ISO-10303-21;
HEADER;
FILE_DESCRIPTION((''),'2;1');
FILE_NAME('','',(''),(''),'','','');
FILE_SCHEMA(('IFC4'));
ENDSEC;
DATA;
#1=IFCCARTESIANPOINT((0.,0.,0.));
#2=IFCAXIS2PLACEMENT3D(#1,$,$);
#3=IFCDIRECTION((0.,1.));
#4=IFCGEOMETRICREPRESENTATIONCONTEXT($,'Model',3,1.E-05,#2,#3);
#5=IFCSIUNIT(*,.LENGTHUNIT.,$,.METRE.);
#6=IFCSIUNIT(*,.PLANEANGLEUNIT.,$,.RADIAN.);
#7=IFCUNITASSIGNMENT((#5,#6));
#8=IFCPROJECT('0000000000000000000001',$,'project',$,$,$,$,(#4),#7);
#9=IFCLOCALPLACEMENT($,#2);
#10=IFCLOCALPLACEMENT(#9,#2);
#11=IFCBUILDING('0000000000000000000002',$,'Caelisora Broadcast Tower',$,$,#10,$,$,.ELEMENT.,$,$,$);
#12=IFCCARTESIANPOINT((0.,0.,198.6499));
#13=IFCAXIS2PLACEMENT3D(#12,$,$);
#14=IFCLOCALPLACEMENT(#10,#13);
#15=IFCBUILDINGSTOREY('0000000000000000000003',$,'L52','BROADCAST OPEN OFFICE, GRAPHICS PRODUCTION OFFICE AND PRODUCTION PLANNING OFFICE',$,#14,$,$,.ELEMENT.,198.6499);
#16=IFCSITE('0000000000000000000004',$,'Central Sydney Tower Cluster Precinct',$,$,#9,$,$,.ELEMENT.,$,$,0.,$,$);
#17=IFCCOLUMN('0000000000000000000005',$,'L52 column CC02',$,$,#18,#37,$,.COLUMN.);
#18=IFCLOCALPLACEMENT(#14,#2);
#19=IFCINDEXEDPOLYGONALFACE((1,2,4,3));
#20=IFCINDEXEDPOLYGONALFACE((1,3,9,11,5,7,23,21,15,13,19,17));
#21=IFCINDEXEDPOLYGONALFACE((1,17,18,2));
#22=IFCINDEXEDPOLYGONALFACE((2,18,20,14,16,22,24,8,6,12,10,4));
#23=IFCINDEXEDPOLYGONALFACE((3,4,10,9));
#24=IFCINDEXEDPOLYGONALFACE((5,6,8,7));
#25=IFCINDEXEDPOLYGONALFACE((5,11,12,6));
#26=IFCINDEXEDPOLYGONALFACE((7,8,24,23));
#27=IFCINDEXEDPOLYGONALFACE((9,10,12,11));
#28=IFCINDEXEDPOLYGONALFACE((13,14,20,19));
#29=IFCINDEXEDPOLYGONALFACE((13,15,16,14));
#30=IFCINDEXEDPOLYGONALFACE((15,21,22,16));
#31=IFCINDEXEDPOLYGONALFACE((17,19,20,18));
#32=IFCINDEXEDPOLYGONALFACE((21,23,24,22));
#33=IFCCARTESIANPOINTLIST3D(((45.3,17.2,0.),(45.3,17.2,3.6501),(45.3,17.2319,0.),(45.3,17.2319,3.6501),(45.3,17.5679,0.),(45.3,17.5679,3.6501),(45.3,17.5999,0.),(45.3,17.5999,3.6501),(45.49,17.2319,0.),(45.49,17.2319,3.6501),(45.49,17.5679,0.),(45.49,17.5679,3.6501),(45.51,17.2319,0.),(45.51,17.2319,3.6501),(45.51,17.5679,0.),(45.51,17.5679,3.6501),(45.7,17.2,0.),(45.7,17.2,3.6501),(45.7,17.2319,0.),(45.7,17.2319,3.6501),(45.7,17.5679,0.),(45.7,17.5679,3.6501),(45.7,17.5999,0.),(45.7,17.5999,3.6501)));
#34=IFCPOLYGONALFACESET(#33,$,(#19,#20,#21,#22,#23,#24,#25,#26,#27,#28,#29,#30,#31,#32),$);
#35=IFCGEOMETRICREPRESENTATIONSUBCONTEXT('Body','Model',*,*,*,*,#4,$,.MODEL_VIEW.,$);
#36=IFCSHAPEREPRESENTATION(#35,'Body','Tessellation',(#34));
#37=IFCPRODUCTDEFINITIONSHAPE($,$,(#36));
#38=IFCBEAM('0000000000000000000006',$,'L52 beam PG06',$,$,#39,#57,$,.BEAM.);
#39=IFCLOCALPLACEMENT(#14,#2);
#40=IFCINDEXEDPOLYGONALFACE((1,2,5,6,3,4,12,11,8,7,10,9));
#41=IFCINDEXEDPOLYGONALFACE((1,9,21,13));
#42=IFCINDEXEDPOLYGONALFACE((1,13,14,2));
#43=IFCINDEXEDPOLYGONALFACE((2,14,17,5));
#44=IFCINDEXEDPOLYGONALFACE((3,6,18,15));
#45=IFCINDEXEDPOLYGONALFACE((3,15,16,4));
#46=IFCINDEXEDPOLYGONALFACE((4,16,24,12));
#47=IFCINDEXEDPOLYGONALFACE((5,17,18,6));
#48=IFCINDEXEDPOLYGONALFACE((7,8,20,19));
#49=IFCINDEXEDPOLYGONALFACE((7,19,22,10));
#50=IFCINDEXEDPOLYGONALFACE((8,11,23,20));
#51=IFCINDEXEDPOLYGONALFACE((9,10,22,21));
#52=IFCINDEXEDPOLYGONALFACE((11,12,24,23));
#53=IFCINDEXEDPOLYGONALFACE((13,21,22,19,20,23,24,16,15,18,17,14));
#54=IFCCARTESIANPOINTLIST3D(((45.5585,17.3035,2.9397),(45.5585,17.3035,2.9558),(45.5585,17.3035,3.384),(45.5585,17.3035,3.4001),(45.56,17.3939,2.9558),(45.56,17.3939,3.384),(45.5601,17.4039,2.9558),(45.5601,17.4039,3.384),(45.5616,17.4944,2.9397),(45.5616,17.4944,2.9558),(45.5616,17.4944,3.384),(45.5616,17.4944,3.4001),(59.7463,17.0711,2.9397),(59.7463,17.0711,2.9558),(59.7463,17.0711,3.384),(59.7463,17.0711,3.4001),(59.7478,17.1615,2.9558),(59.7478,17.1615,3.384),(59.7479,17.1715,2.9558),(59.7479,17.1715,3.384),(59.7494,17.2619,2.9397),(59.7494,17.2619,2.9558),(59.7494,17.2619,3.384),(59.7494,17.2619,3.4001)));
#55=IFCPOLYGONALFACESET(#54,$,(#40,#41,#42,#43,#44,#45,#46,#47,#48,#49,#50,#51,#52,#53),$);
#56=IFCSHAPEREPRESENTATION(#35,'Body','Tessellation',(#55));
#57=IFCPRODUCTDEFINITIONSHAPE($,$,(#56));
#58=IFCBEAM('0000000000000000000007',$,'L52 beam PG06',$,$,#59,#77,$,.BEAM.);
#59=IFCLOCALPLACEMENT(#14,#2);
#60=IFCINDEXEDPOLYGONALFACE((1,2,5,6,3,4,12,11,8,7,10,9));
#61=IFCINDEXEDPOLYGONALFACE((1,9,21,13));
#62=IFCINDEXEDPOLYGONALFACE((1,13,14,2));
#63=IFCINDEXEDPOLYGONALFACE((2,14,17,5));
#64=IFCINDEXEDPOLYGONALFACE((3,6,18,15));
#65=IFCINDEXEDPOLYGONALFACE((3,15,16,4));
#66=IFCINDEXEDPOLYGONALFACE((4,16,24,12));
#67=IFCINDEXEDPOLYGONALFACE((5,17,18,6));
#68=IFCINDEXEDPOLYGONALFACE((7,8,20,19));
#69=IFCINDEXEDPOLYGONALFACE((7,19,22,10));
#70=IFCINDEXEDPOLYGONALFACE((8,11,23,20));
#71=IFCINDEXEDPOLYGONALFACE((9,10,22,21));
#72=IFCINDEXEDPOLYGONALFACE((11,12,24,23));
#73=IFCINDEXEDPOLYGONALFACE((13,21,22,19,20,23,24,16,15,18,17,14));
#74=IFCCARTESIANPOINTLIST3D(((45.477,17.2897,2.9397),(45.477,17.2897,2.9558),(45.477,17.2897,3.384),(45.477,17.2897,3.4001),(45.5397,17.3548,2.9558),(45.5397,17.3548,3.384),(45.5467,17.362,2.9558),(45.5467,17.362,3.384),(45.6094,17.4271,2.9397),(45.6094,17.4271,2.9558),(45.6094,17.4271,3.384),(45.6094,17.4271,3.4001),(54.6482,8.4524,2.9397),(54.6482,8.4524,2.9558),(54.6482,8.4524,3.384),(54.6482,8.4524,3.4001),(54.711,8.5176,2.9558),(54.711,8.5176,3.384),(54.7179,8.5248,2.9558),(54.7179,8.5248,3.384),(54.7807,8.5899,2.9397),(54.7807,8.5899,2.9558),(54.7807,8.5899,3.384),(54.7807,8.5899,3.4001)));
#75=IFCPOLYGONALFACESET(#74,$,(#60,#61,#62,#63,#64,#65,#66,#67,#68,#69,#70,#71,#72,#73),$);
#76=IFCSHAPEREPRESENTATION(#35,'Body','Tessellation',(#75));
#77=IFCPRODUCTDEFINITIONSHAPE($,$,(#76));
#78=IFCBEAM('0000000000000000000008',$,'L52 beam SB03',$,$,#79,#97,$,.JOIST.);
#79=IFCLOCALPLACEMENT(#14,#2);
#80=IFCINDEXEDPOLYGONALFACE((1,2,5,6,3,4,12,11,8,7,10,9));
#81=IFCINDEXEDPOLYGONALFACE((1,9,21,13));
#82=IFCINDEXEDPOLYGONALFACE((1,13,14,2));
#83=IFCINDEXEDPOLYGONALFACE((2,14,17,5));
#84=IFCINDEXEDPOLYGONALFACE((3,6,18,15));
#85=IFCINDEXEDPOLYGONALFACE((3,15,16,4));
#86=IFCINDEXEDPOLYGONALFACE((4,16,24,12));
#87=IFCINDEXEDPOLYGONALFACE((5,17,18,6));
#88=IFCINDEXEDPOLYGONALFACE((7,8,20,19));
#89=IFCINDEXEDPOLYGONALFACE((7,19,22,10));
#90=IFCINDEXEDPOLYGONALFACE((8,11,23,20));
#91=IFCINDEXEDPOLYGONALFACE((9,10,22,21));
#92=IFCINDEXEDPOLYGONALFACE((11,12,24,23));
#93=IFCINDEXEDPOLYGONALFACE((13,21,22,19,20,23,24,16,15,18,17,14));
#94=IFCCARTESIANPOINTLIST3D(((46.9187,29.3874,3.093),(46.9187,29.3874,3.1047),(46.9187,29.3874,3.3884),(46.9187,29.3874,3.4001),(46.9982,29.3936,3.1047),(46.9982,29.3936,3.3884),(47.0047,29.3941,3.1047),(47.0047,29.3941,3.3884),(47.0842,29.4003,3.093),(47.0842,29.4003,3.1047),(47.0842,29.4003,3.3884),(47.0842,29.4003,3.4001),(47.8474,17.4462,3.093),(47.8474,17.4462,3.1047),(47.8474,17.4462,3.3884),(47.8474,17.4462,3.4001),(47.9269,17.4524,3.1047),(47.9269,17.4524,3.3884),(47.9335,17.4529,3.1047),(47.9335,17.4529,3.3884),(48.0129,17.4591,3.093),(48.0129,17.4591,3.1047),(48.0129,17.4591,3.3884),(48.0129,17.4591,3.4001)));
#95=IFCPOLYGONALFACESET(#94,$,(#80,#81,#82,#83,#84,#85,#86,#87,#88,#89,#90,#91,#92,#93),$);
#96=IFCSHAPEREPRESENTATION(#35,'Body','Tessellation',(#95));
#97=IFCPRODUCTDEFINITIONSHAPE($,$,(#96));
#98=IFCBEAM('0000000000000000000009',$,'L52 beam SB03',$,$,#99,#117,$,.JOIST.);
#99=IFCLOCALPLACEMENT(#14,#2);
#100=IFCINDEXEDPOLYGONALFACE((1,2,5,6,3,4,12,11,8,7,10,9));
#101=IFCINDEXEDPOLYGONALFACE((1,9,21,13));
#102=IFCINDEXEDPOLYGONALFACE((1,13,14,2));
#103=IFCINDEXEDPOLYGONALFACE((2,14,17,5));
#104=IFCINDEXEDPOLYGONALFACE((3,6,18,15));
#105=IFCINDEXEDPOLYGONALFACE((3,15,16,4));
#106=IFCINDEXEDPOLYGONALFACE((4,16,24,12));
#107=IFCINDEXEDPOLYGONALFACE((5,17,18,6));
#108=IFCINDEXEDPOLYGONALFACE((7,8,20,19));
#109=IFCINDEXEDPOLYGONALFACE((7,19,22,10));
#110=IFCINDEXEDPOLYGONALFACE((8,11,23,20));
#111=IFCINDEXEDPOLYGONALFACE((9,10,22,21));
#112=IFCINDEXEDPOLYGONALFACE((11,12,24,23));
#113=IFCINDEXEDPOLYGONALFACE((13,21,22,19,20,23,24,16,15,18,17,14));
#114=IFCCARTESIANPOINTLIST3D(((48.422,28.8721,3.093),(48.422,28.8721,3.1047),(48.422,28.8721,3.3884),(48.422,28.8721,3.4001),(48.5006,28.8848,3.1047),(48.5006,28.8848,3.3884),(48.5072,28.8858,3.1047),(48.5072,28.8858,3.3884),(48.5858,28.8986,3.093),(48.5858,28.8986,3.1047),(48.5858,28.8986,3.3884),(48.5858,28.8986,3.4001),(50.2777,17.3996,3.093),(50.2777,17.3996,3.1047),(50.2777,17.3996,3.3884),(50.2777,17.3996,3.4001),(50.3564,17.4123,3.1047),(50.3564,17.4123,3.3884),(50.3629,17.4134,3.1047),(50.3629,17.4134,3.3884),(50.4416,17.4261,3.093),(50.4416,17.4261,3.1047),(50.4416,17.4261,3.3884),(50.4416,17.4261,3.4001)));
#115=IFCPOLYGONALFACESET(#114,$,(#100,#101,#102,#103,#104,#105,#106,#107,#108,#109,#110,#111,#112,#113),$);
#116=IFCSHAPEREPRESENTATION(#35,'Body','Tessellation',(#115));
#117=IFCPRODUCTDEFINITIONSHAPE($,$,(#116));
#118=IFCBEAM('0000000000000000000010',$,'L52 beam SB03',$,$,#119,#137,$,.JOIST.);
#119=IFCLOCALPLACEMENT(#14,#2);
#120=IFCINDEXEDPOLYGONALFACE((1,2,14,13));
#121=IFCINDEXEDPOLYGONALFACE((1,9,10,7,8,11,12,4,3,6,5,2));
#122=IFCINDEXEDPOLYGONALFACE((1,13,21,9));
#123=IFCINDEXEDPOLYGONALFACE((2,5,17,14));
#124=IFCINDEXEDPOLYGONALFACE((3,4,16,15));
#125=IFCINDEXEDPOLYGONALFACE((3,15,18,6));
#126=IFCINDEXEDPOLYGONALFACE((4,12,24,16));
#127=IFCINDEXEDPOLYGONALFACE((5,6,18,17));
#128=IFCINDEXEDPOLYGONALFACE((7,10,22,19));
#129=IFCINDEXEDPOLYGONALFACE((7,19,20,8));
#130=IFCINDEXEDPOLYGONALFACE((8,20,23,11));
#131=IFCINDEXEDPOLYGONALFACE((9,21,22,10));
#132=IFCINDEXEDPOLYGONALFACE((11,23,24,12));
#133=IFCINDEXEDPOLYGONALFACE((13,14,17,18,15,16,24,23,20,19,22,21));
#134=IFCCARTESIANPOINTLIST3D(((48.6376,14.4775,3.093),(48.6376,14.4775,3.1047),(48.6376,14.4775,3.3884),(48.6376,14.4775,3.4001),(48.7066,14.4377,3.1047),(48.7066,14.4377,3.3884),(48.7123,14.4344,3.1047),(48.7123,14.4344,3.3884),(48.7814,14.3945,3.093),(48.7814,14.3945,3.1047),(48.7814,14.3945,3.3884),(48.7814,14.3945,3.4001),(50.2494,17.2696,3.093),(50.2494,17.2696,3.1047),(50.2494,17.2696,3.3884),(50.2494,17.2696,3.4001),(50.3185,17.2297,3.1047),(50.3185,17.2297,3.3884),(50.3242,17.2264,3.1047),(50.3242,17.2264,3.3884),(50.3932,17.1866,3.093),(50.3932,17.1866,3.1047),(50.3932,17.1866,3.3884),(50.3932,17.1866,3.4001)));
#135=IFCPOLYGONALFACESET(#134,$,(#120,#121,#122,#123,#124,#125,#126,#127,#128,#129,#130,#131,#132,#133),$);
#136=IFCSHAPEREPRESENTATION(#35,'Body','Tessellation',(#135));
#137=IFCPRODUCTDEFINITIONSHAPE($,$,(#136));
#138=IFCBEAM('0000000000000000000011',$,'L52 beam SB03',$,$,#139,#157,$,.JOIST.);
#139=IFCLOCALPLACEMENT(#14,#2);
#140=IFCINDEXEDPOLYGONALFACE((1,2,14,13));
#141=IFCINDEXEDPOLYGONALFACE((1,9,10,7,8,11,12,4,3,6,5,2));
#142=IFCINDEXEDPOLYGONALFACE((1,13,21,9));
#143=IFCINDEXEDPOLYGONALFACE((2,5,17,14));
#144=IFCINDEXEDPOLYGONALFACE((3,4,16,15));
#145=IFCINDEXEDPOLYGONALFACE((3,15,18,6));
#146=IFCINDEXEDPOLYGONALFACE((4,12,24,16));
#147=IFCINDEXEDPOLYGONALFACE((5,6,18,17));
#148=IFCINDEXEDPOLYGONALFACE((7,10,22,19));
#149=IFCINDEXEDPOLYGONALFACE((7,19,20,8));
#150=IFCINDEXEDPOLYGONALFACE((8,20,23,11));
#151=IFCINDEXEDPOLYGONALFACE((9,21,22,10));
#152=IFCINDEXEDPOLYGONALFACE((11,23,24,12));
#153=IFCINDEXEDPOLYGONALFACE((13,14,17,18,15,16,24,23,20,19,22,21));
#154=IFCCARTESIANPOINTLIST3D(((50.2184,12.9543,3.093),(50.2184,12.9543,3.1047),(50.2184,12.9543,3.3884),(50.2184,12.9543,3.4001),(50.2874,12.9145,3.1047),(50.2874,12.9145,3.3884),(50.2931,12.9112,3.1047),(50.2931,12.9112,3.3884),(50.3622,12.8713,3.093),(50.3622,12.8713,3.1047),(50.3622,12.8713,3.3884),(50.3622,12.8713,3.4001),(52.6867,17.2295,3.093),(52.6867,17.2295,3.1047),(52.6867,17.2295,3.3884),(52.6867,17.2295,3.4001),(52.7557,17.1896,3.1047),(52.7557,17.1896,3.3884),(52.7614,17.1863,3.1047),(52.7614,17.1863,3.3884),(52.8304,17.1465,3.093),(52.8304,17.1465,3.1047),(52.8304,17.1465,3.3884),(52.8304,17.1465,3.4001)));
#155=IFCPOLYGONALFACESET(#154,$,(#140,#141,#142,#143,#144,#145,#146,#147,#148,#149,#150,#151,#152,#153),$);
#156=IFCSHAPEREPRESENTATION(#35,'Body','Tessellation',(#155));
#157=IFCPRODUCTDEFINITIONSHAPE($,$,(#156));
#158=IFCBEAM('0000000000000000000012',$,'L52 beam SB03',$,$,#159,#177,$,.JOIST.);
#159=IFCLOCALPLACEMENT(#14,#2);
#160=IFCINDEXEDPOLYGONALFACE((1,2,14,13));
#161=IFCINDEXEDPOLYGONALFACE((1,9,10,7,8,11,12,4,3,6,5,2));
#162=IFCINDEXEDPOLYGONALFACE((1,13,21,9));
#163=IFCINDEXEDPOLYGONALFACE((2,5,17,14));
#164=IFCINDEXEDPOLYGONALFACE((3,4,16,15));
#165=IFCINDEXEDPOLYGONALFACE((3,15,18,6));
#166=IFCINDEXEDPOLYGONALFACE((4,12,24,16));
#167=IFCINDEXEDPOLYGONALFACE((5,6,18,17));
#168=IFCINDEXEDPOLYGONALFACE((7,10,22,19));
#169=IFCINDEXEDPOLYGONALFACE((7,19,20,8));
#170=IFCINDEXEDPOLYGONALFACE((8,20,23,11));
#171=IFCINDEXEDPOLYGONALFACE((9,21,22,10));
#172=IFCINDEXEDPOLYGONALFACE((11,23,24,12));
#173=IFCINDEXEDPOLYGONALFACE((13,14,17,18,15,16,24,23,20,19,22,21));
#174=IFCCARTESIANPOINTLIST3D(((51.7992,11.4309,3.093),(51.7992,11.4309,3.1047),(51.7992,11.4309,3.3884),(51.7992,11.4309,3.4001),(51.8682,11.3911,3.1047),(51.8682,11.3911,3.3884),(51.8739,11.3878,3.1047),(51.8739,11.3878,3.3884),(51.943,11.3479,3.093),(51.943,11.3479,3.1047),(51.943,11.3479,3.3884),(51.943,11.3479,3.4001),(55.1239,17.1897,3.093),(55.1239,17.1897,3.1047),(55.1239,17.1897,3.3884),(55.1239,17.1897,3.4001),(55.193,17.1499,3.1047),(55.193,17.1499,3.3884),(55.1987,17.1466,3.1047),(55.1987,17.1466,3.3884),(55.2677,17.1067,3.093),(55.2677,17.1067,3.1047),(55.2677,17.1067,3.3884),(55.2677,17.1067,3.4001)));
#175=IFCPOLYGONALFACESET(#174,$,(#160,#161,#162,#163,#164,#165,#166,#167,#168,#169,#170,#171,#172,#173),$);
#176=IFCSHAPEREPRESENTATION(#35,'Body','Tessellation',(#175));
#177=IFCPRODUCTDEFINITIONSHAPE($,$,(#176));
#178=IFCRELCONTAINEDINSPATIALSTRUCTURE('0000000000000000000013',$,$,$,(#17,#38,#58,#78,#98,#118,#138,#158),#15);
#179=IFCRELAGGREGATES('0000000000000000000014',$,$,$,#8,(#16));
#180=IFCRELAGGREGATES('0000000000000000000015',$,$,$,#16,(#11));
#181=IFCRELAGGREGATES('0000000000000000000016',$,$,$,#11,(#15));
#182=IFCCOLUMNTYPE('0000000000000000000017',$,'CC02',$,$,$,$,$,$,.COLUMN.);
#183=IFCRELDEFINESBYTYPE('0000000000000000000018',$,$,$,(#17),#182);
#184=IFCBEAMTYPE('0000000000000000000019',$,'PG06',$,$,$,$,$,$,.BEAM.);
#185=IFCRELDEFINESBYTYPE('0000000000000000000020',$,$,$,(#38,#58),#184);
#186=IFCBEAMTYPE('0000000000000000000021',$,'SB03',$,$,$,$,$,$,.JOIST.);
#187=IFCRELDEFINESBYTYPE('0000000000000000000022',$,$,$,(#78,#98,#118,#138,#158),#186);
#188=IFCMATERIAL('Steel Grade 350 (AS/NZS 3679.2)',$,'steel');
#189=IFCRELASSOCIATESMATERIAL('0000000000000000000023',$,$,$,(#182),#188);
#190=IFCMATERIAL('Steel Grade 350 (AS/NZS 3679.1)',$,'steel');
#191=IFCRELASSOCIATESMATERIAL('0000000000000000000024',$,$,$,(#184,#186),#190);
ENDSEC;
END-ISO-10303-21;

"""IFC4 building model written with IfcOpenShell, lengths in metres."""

from ifc_helpers import new_model, si_unit, direction, frame, origin, origin_2d, place, context, subcontext, project, spatial, i_section, extrude, source, transform, mapped, material, material_profile, profile_set, type_object, type_shapes, element, save


model = new_model("IFC4")

# Units and contexts
model_context = context("Model", 3, precision=1e-05, world=origin(), true_north=direction((0.0, 1.0)))
body_context = subcontext(model_context, "Body", "Model", "MODEL_VIEW")
ifc_project = project(units=[si_unit("LENGTHUNIT", "METRE"), si_unit("PLANEANGLEUNIT", "RADIAN")], contexts=[model_context])

# Site, building, storey
site_placement = place(None, origin())
site = spatial("IfcSite", under=ifc_project, at=site_placement, Name="Central Sydney Tower Cluster Precinct", CompositionType="ELEMENT", RefElevation=0.0)
building_placement = place(site_placement, origin())
building = spatial("IfcBuilding", under=site, at=building_placement, Name="Caelisora Broadcast Tower", CompositionType="ELEMENT")
storey_placement = place(building_placement, frame((0.0, 0.0, 198.6499)))
storey = spatial("IfcBuildingStorey", under=building, at=storey_placement, Name="L52", Description="BROADCAST OPEN OFFICE, GRAPHICS PRODUCTION OFFICE AND PRODUCTION PLANNING OFFICE", CompositionType="ELEMENT", Elevation=198.6499)

# Column
ifc_material_1 = material(Name="Steel Grade 350 (AS/NZS 3679.2)", Category="steel")
ifc_material_profile_1 = material_profile(ifc_material_1, i_section(OverallWidth=0.3999, OverallDepth=0.3999, WebThickness=0.02, FlangeThickness=0.032, at=origin_2d()), Name="Steel Grade 350 (AS/NZS 3679.2)")
ifc_profile_set_1 = profile_set([ifc_material_profile_1], Name="Steel Grade 350 (AS/NZS 3679.2)")
column_type = type_object("IfcColumnType", Name="CC02", PredefinedType="COLUMN", material=ifc_profile_set_1)
shared_shape_1 = source(origin(), body_context, "Body", "SweptSolid", [
    extrude(i_section(OverallWidth=0.3999, OverallDepth=0.3999, WebThickness=0.02, FlangeThickness=0.032, at=origin_2d()), origin(), (0.0, 0.0, 1.0), 3.6501),
])
type_shapes(column_type, [shared_shape_1])
column_placement = place(storey_placement, frame((45.5, 17.3999, 0.0), z_axis=(0.0, 0.0, 1.0), x_axis=(1.0, 0.0, 0.0)))
element("IfcColumn", 1, at=column_placement, inside=storey, type_object=column_type, Name="L52 column CC02", PredefinedType="COLUMN", context=body_context, shape_type="MappedRepresentation", body=[
    mapped(shared_shape_1, transform((0.0, 0.0, 0.0), scale=1.0)),
])

# Beams
ifc_material_2 = material(Name="Steel Grade 350 (AS/NZS 3679.1)", Category="steel")
ifc_material_profile_2 = material_profile(ifc_material_2, i_section(OverallWidth=0.1909, OverallDepth=0.4604, WebThickness=0.01, FlangeThickness=0.0161, at=origin_2d()), Name="Steel Grade 350 (AS/NZS 3679.1)")
ifc_profile_set_2 = profile_set([ifc_material_profile_2], Name="Steel Grade 350 (AS/NZS 3679.1)")
beam_type_1 = type_object("IfcBeamType", Name="PG06", PredefinedType="BEAM", material=ifc_profile_set_2)
shared_shape_2 = source(origin(), body_context, "Body", "SweptSolid", [
    extrude(i_section(OverallWidth=0.1909, OverallDepth=0.4604, WebThickness=0.01, FlangeThickness=0.0161, at=origin_2d()), origin(), (0.0, 0.0, 1.0), 14.1897),
])
beam_1_placement = place(storey_placement, frame((45.5601, 17.3989, 3.1699), z_axis=(0.999866, -0.01638, 0.0), x_axis=(0.01638, 0.999866, 0.0)))
element("IfcBeam", 2, at=beam_1_placement, inside=storey, type_object=beam_type_1, Name="L52 beam PG06", PredefinedType="BEAM", context=body_context, shape_type="MappedRepresentation", body=[
    mapped(shared_shape_2, transform((0.0, 0.0, 0.0), scale=1.0)),
])
shared_shape_3 = source(origin(), body_context, "Body", "SweptSolid", [
    extrude(i_section(OverallWidth=0.1909, OverallDepth=0.4604, WebThickness=0.01, FlangeThickness=0.0161, at=origin_2d()), origin(), (0.0, 0.0, 1.0), 12.7361),
])
type_shapes(beam_type_1, [shared_shape_2, shared_shape_3])
beam_2_placement = place(storey_placement, frame((45.5432, 17.3584, 3.1699), z_axis=(0.720097, -0.693873, 0.0), x_axis=(0.693873, 0.720097, 0.0)))
element("IfcBeam", 3, at=beam_2_placement, inside=storey, type_object=beam_type_1, Name="L52 beam PG06", PredefinedType="BEAM", context=body_context, shape_type="MappedRepresentation", body=[
    mapped(shared_shape_3, transform((0.0, 0.0, 0.0), scale=1.0)),
])
ifc_material_profile_3 = material_profile(ifc_material_2, i_section(OverallWidth=0.166, OverallDepth=0.3071, WebThickness=0.0066, FlangeThickness=0.0117, at=origin_2d()), Name="Steel Grade 350 (AS/NZS 3679.1)")
ifc_profile_set_3 = profile_set([ifc_material_profile_3], Name="Steel Grade 350 (AS/NZS 3679.1)")
beam_type_2 = type_object("IfcBeamType", Name="SB03", PredefinedType="JOIST", material=ifc_profile_set_3)
shared_shape_4 = source(origin(), body_context, "Body", "SweptSolid", [
    extrude(i_section(OverallWidth=0.166, OverallDepth=0.3071, WebThickness=0.0066, FlangeThickness=0.0117, at=origin_2d()), origin(), (0.0, 0.0, 1.0), 11.9773),
])
beam_3_placement = place(storey_placement, frame((47.9302, 17.4526, 3.2466), z_axis=(-0.07754, 0.996989, 0.0), x_axis=(-0.996989, -0.07754, 0.0)))
element("IfcBeam", 4, at=beam_3_placement, inside=storey, type_object=beam_type_2, Name="L52 beam SB03", PredefinedType="JOIST", context=body_context, shape_type="MappedRepresentation", body=[
    mapped(shared_shape_4, transform((0.0, 0.0, 0.0), scale=1.0)),
])
shared_shape_5 = source(origin(), body_context, "Body", "SweptSolid", [
    extrude(i_section(OverallWidth=0.166, OverallDepth=0.3071, WebThickness=0.0066, FlangeThickness=0.0117, at=origin_2d()), origin(), (0.0, 0.0, 1.0), 11.6216),
])
beam_4_placement = place(storey_placement, frame((50.3596, 17.4128, 3.2466), z_axis=(-0.159679, 0.987169, 0.0), x_axis=(-0.987169, -0.159679, 0.0)))
element("IfcBeam", 5, at=beam_4_placement, inside=storey, type_object=beam_type_2, Name="L52 beam SB03", PredefinedType="JOIST", context=body_context, shape_type="MappedRepresentation", body=[
    mapped(shared_shape_5, transform((0.0, 0.0, 0.0), scale=1.0)),
])
shared_shape_6 = source(origin(), body_context, "Body", "SweptSolid", [
    extrude(i_section(OverallWidth=0.166, OverallDepth=0.3071, WebThickness=0.0066, FlangeThickness=0.0117, at=origin_2d()), origin(), (0.0, 0.0, 1.0), 3.2239),
])
beam_5_placement = place(storey_placement, frame((48.7095, 14.436, 3.2466), z_axis=(0.499967, 0.866044, 0.0), x_axis=(-0.866044, 0.499967, 0.0)))
element("IfcBeam", 6, at=beam_5_placement, inside=storey, type_object=beam_type_2, Name="L52 beam SB03", PredefinedType="JOIST", context=body_context, shape_type="MappedRepresentation", body=[
    mapped(shared_shape_6, transform((0.0, 0.0, 0.0), scale=1.0)),
])
shared_shape_7 = source(origin(), body_context, "Body", "SweptSolid", [
    extrude(i_section(OverallWidth=0.166, OverallDepth=0.3071, WebThickness=0.0066, FlangeThickness=0.0117, at=origin_2d()), origin(), (0.0, 0.0, 1.0), 4.9365),
])
beam_6_placement = place(storey_placement, frame((50.2903, 12.9128, 3.2466), z_axis=(0.500001, 0.866025, 0.0), x_axis=(-0.866025, 0.500001, 0.0)))
element("IfcBeam", 7, at=beam_6_placement, inside=storey, type_object=beam_type_2, Name="L52 beam SB03", PredefinedType="JOIST", context=body_context, shape_type="MappedRepresentation", body=[
    mapped(shared_shape_7, transform((0.0, 0.0, 0.0), scale=1.0)),
])
shared_shape_8 = source(origin(), body_context, "Body", "SweptSolid", [
    extrude(i_section(OverallWidth=0.166, OverallDepth=0.3071, WebThickness=0.0066, FlangeThickness=0.0117, at=origin_2d()), origin(), (0.0, 0.0, 1.0), 6.6497),
])
type_shapes(beam_type_2, [shared_shape_4, shared_shape_5, shared_shape_6, shared_shape_7, shared_shape_8])
beam_7_placement = place(storey_placement, frame((51.8711, 11.3894, 3.2466), z_axis=(0.499985, 0.866034, 0.0), x_axis=(-0.866034, 0.499985, 0.0)))
element("IfcBeam", 8, at=beam_7_placement, inside=storey, type_object=beam_type_2, Name="L52 beam SB03", PredefinedType="JOIST", context=body_context, shape_type="MappedRepresentation", body=[
    mapped(shared_shape_8, transform((0.0, 0.0, 0.0), scale=1.0)),
])

save(model, "model.ifc")
